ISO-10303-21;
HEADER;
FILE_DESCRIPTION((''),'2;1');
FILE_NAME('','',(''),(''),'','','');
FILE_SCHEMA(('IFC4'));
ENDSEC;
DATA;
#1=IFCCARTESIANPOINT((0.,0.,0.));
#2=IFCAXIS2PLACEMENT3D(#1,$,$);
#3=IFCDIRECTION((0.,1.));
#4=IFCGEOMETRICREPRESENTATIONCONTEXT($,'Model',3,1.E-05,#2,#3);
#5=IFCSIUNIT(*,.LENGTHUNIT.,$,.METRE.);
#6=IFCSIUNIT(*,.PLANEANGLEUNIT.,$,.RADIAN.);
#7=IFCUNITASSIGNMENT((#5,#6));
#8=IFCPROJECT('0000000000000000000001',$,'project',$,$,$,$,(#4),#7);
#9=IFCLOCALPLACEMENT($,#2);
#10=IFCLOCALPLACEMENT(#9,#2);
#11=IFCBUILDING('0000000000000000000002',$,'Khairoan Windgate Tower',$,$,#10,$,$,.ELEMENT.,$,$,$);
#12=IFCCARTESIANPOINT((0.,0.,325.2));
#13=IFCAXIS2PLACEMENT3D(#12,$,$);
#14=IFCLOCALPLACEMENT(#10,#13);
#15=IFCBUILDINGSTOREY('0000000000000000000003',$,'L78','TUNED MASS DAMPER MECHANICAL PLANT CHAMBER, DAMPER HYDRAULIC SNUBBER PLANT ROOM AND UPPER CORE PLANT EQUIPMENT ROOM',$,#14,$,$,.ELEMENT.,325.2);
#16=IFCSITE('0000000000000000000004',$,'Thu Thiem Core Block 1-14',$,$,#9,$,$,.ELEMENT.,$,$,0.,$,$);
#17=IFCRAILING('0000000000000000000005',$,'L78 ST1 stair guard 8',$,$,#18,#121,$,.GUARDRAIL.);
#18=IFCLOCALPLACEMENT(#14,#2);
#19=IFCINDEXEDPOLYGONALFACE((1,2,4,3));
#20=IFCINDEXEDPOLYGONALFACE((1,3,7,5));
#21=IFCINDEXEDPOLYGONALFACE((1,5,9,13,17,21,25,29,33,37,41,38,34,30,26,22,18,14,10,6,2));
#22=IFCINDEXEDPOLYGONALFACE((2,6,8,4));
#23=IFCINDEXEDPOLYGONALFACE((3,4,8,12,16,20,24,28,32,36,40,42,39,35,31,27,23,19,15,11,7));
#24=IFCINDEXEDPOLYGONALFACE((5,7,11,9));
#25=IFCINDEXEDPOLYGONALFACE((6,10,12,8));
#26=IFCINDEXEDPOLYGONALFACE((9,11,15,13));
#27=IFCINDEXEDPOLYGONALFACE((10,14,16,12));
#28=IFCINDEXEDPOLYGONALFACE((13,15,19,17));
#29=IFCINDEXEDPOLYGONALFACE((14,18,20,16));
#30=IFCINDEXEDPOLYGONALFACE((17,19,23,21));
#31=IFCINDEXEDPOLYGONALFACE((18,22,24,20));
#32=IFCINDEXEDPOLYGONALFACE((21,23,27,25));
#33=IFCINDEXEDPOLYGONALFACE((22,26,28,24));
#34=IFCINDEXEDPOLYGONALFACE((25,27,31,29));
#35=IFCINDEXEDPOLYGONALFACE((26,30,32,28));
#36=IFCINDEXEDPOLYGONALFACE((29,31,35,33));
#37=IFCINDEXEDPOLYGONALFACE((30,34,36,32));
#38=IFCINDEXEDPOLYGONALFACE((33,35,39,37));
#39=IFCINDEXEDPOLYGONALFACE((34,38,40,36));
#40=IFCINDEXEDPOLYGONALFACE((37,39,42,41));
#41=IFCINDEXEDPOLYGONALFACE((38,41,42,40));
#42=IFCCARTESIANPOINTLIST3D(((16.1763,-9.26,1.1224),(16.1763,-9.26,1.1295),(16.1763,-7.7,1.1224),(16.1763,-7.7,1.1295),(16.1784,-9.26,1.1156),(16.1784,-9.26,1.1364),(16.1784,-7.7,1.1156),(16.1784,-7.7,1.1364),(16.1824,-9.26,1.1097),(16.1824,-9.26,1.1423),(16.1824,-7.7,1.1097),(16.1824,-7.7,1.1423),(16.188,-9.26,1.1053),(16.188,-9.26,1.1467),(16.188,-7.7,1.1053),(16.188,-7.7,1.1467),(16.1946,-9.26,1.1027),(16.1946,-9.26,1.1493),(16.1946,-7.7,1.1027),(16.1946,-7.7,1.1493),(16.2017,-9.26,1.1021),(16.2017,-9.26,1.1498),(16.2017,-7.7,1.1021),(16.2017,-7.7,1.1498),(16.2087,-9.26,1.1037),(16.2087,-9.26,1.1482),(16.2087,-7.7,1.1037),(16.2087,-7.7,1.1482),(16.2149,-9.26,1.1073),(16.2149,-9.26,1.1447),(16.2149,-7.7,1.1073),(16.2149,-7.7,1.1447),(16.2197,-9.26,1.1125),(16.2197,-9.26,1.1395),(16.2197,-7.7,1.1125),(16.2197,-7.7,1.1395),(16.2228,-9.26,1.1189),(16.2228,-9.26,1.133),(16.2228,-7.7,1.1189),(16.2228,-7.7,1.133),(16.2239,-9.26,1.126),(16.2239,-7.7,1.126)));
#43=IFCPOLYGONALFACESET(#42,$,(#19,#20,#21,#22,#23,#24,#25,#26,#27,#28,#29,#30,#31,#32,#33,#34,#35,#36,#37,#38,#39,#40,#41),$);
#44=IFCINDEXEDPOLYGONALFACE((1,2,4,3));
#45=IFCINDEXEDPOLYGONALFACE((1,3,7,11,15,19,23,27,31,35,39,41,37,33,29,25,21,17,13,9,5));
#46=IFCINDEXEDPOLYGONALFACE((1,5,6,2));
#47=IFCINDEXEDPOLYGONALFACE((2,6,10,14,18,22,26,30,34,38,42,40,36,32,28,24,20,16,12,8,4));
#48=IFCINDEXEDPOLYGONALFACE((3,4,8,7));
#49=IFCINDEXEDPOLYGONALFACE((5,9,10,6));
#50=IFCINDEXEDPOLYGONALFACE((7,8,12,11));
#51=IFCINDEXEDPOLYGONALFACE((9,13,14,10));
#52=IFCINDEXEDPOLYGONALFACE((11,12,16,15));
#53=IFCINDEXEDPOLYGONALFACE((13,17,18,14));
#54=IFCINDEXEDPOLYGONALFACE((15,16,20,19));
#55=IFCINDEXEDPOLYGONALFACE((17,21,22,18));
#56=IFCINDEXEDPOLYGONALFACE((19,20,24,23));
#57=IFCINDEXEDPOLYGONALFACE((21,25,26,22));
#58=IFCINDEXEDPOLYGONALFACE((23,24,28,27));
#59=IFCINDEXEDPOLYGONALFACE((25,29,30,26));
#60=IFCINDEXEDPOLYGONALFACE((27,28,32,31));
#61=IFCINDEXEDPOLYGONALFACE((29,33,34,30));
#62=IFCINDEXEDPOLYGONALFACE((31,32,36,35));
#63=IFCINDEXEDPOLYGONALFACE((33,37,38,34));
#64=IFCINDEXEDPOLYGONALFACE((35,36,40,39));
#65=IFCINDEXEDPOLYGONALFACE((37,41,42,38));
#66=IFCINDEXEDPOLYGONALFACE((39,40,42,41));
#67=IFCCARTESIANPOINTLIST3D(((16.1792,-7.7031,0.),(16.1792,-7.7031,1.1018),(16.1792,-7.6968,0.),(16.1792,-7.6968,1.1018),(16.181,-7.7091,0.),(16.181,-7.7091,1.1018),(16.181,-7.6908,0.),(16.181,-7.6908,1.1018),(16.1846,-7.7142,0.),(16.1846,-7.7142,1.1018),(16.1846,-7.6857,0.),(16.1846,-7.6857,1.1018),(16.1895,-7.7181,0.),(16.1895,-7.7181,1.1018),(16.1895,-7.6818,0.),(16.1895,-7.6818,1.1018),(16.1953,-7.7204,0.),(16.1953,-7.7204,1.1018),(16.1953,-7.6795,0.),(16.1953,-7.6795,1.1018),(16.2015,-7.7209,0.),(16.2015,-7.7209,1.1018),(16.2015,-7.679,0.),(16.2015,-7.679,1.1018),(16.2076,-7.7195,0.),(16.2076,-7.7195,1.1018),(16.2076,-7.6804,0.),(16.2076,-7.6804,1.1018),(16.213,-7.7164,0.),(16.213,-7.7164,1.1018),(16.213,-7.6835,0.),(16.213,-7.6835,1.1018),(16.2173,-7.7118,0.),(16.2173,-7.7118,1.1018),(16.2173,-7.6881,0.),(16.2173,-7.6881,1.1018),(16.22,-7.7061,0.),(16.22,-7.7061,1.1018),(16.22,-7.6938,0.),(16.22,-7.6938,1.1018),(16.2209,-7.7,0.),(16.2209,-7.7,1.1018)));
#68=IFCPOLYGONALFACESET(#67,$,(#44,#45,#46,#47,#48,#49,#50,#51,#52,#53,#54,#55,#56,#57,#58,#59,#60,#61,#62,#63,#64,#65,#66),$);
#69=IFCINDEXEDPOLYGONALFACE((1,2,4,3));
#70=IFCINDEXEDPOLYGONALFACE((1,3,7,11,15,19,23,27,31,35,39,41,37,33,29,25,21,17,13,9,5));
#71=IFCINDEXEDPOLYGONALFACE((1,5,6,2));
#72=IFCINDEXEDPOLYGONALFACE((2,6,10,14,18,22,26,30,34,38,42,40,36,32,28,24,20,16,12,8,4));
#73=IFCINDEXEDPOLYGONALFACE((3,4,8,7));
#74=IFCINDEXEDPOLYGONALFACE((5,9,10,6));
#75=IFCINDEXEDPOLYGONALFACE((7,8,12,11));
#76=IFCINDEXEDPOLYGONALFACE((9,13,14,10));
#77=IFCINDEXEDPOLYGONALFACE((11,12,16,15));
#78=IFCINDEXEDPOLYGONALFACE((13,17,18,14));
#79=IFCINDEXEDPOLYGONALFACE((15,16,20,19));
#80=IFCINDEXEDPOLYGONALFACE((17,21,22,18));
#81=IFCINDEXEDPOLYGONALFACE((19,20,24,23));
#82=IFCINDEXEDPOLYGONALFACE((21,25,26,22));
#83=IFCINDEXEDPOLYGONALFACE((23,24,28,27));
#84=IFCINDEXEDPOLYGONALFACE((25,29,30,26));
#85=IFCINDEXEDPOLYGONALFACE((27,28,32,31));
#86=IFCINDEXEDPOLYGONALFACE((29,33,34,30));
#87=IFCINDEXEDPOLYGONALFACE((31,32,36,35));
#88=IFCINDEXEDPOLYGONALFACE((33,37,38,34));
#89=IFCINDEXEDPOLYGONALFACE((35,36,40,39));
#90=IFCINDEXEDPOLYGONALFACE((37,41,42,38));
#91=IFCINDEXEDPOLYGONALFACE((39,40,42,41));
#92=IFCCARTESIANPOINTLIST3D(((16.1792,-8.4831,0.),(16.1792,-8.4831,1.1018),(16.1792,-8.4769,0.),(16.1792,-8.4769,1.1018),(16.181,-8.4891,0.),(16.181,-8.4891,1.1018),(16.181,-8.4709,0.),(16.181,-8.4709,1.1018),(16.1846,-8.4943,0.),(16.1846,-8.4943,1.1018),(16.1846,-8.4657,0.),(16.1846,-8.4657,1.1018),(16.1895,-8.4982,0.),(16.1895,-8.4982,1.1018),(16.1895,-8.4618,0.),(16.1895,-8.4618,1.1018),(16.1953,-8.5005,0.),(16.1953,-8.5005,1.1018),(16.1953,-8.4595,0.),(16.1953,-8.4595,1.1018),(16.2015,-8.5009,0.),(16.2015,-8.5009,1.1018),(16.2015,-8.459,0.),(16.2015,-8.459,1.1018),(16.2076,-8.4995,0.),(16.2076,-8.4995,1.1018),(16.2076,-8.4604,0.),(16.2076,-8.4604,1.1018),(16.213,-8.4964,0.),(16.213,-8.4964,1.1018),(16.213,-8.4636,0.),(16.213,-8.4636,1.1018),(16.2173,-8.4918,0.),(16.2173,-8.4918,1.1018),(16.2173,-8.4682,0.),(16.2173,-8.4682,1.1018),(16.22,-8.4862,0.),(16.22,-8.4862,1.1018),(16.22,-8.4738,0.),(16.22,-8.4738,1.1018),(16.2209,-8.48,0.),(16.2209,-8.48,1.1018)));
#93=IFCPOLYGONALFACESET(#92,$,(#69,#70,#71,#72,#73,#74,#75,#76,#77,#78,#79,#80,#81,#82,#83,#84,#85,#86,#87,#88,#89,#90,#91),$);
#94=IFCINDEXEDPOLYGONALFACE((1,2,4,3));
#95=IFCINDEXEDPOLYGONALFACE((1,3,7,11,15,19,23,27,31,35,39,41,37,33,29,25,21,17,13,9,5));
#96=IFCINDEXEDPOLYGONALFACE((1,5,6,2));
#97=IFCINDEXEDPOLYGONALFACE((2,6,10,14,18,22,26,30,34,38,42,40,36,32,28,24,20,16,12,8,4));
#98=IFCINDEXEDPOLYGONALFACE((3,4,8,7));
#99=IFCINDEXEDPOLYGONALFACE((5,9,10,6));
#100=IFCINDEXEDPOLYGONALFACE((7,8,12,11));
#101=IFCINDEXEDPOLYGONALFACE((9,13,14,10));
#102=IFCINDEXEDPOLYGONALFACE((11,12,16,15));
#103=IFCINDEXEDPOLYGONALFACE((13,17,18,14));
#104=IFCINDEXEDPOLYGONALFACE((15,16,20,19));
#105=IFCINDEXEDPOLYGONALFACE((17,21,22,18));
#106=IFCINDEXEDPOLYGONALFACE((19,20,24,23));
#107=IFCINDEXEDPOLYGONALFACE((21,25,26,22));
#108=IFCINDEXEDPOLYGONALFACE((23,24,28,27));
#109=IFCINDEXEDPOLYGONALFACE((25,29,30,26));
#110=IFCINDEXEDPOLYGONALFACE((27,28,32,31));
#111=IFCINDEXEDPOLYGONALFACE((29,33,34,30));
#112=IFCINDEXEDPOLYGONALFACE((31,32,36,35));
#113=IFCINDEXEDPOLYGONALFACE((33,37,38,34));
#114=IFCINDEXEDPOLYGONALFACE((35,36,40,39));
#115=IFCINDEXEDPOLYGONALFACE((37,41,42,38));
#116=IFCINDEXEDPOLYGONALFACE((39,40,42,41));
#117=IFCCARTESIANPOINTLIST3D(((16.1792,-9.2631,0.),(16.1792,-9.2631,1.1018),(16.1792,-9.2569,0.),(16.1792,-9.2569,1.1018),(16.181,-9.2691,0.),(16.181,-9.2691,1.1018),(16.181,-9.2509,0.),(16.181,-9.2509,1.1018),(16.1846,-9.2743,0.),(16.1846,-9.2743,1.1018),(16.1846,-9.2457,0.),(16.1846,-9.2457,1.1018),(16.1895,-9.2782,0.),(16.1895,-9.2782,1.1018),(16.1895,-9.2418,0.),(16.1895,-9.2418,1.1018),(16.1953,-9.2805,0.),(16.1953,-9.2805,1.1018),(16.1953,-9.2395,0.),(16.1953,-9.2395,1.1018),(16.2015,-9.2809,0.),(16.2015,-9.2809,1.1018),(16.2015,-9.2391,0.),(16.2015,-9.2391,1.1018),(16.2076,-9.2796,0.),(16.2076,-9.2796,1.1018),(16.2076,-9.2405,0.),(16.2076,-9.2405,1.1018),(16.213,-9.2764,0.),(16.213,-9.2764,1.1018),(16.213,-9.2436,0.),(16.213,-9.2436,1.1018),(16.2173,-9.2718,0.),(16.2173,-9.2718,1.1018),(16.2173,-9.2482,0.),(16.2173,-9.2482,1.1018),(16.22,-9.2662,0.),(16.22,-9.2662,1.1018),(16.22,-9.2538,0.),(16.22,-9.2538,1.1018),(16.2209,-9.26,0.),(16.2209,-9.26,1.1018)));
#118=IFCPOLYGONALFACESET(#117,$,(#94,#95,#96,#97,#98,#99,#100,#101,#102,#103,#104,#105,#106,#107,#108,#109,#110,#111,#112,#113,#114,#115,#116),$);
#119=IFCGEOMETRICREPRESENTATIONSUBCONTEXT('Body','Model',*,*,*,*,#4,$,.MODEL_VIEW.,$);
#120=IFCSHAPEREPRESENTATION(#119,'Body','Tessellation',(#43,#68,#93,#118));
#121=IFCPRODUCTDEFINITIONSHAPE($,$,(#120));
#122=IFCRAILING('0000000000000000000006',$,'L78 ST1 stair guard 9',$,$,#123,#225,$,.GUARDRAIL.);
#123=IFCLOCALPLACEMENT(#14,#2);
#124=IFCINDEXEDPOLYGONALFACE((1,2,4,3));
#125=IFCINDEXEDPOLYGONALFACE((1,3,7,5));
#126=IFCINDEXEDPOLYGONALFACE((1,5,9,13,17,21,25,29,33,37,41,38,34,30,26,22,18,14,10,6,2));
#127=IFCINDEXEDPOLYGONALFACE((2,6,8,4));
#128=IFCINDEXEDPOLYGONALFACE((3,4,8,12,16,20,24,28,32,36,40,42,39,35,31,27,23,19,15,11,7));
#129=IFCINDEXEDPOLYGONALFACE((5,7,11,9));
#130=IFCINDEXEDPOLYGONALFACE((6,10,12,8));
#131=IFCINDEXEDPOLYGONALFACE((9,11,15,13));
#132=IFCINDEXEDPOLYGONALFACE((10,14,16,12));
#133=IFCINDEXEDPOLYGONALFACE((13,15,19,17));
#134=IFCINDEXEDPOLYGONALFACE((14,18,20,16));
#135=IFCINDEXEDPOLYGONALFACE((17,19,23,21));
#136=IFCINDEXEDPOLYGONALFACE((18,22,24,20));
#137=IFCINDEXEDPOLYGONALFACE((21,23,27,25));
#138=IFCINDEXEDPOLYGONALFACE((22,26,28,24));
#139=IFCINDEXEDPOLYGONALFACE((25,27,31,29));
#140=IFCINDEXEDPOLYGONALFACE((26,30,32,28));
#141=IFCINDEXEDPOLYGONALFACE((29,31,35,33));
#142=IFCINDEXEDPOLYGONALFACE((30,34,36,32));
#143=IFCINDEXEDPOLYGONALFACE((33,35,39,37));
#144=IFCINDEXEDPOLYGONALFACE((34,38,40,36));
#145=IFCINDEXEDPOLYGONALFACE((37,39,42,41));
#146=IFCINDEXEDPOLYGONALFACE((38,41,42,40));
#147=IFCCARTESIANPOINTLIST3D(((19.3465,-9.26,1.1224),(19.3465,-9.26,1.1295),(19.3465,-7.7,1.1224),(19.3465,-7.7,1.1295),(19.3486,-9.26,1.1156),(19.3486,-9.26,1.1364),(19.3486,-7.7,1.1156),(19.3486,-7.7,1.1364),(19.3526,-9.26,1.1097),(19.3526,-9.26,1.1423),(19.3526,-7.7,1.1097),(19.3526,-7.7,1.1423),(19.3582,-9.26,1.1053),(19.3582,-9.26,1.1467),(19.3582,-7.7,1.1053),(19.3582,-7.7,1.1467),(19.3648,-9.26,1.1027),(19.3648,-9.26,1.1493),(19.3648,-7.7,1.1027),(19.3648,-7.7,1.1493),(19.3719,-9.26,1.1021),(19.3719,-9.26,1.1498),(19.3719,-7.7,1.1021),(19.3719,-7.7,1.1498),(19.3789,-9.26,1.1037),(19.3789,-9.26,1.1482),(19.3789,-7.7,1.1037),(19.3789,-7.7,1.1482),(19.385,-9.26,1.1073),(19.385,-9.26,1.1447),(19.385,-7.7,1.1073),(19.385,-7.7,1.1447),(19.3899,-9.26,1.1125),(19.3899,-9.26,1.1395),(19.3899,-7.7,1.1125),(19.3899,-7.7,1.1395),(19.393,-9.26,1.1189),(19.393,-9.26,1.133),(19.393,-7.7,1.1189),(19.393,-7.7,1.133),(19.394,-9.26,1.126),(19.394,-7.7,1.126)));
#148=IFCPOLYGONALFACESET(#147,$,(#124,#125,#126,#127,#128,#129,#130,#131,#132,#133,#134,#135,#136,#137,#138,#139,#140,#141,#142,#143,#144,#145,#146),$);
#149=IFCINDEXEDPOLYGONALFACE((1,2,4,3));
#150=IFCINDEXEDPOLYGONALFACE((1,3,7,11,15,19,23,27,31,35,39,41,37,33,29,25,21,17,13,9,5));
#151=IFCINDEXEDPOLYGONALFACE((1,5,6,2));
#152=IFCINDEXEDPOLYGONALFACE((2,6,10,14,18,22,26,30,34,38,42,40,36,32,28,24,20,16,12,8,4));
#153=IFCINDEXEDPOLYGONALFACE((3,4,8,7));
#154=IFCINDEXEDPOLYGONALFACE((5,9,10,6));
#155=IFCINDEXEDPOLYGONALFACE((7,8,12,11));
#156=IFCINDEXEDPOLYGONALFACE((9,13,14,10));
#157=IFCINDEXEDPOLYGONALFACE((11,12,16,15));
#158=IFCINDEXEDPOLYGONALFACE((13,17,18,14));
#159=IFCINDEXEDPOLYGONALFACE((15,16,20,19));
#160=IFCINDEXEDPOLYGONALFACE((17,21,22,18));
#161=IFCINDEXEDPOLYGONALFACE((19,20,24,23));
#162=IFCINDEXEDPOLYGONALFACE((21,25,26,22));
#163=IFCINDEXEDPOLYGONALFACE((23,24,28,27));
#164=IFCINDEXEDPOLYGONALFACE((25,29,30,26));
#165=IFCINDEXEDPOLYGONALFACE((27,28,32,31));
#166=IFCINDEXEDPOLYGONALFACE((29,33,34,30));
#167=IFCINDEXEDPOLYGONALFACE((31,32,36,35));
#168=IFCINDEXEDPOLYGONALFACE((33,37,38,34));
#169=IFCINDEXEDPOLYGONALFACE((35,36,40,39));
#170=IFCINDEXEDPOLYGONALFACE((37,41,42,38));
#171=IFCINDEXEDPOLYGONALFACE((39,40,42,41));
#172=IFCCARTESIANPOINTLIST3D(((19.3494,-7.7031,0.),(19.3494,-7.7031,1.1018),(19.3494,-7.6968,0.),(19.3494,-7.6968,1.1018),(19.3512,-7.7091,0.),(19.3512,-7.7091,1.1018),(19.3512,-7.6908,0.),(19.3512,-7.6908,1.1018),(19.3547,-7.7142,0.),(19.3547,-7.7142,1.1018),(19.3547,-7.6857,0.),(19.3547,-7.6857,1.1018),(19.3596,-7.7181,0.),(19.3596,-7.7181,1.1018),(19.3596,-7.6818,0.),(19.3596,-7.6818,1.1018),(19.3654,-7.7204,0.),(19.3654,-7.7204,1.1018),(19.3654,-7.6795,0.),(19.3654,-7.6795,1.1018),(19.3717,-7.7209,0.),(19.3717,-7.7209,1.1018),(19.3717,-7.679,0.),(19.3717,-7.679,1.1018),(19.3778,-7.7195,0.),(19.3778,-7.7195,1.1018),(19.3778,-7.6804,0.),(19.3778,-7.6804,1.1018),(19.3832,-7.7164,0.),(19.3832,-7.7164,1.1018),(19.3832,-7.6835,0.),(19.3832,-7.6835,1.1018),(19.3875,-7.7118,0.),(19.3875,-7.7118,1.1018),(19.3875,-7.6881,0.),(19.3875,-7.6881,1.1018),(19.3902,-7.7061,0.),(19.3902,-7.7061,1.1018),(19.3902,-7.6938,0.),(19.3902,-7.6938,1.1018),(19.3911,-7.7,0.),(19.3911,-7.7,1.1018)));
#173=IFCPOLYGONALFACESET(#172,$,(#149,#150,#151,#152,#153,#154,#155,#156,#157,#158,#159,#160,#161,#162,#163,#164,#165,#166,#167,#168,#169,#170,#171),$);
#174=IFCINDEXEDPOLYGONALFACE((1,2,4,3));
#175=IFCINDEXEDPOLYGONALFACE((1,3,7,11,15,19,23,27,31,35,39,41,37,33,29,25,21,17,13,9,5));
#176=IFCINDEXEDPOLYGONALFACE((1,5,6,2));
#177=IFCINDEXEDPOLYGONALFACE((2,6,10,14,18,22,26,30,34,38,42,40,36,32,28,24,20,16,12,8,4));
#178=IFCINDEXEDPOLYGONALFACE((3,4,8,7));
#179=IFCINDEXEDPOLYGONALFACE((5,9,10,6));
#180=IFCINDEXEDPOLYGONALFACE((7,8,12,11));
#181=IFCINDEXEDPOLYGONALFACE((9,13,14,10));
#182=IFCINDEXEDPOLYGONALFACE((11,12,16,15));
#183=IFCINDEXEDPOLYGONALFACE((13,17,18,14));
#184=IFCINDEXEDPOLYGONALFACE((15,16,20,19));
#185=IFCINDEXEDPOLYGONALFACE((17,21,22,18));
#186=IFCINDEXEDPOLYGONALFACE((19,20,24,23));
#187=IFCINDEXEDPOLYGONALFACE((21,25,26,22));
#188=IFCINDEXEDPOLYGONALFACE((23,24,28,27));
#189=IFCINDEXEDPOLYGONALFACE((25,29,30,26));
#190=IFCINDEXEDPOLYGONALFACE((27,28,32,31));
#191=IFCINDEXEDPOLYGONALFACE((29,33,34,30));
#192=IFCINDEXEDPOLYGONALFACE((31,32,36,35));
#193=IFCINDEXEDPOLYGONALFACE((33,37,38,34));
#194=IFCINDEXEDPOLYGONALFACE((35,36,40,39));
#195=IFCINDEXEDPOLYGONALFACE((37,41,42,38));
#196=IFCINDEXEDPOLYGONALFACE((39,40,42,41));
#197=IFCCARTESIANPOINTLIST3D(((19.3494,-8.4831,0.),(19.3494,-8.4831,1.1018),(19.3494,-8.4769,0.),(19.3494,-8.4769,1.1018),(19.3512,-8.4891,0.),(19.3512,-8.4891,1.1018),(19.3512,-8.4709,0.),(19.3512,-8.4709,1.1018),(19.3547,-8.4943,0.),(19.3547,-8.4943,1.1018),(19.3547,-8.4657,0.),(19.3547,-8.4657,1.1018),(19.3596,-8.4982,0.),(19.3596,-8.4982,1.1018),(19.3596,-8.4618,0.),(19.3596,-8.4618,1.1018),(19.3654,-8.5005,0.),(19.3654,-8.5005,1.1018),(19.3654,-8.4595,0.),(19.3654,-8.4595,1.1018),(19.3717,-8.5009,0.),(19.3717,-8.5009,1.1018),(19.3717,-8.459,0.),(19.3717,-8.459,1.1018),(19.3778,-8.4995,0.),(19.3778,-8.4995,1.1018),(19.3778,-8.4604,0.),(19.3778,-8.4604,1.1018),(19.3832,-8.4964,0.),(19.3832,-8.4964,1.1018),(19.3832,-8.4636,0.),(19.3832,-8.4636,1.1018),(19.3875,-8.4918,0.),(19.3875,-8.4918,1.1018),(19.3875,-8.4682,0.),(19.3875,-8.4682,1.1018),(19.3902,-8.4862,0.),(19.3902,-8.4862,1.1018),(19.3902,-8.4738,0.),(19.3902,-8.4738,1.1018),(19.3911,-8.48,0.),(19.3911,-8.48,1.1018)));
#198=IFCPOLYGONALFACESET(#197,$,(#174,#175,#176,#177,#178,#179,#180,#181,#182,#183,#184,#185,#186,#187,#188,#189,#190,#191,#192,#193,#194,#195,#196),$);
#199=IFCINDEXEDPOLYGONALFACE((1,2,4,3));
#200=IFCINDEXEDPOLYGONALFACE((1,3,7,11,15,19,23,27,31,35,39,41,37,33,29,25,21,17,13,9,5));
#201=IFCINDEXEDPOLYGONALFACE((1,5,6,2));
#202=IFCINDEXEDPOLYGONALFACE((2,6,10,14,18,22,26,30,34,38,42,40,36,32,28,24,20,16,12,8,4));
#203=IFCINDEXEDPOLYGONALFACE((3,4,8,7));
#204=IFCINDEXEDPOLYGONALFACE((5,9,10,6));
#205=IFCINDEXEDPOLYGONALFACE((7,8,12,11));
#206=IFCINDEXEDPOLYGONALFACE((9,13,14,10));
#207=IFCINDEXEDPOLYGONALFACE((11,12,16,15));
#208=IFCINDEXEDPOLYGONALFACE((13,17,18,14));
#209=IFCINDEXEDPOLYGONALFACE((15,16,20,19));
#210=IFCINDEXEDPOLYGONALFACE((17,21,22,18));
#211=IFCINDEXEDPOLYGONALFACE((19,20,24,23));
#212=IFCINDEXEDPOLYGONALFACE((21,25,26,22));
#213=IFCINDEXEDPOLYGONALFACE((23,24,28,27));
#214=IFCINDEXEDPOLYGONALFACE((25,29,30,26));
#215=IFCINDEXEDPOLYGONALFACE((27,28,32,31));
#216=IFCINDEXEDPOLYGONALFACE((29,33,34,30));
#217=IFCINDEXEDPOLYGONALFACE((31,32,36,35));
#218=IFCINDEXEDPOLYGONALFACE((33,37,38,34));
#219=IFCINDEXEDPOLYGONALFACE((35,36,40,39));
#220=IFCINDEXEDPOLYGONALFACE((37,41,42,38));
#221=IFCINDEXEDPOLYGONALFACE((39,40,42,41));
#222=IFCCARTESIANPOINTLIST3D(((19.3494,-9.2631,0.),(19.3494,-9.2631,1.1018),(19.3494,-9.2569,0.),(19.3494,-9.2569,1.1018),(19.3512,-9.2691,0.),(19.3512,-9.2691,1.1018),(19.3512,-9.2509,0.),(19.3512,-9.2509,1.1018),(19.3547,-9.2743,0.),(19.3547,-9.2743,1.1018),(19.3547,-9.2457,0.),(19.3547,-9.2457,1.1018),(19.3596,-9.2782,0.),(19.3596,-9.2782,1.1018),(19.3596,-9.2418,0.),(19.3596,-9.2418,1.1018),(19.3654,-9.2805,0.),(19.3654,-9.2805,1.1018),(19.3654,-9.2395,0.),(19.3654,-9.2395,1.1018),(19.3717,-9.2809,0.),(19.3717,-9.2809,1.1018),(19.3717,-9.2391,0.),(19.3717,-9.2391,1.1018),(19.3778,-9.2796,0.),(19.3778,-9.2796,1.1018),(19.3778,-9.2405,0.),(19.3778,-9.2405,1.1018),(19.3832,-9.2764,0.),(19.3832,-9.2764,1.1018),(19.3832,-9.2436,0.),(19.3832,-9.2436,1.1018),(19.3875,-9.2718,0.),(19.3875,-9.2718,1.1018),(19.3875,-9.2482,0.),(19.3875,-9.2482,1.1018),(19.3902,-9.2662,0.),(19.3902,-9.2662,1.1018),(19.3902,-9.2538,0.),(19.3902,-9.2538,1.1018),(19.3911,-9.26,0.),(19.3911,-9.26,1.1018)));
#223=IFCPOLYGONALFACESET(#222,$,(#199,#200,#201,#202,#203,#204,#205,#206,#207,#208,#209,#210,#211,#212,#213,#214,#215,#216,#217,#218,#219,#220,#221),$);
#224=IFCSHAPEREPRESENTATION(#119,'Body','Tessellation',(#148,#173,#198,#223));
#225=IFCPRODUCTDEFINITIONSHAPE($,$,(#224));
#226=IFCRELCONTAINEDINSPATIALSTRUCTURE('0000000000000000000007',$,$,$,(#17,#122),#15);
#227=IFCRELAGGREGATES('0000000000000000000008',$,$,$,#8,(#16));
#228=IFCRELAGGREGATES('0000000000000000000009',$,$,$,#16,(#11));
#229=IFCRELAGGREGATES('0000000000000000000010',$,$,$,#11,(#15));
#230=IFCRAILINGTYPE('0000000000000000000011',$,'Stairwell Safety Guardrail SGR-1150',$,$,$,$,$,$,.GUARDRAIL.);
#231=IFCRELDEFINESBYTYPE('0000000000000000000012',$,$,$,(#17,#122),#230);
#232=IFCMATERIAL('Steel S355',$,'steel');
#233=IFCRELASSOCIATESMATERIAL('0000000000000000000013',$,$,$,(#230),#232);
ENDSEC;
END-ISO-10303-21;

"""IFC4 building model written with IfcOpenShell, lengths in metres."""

from ifc_helpers import new_model, si_unit, direction, frame, origin, origin_2d, place, context, subcontext, project, spatial, circle, extrude, material, type_object, element, save


model = new_model("IFC4")

# Units and contexts
model_context = context("Model", 3, precision=1e-05, world=origin(), true_north=direction((0.0, 1.0)))
body_context = subcontext(model_context, "Body", "Model", "MODEL_VIEW")
ifc_project = project(units=[si_unit("LENGTHUNIT", "METRE"), si_unit("PLANEANGLEUNIT", "RADIAN")], contexts=[model_context])

# Site, building, storey
site_placement = place(None, origin())
site = spatial("IfcSite", under=ifc_project, at=site_placement, Name="Thu Thiem Core Block 1-14", CompositionType="ELEMENT", RefElevation=0.0)
building_placement = place(site_placement, origin())
building = spatial("IfcBuilding", under=site, at=building_placement, Name="Khairoan Windgate Tower", CompositionType="ELEMENT")
storey_placement = place(building_placement, frame((0.0, 0.0, 325.2)))
storey = spatial("IfcBuildingStorey", under=building, at=storey_placement, Name="L78", Description="TUNED MASS DAMPER MECHANICAL PLANT CHAMBER, DAMPER HYDRAULIC SNUBBER PLANT ROOM AND UPPER CORE PLANT EQUIPMENT ROOM", CompositionType="ELEMENT", Elevation=325.2)

# Railings
ifc_material_1 = material(Name="Steel S355", Category="steel")
railing_type = type_object("IfcRailingType", Name="Stairwell Safety Guardrail SGR-1150", PredefinedType="GUARDRAIL", material=ifc_material_1)
for number, where, name in (
    (1, (16.2, -7.7, 0.0), "L78 ST1 stair guard 8"),
    (2, (19.3701, -7.7, 0.0), "L78 ST1 stair guard 9"),
):
    element("IfcRailing", number, at=place(storey_placement, frame(where)), inside=storey, type_object=railing_type, Name=name, PredefinedType="GUARDRAIL", context=body_context, shape_type="SweptSolid", body=[
        extrude(circle(Radius=0.0239, at=origin_2d()), frame((0.0, 0.0, 1.126), z_axis=(0.0, -1.0, 0.0), x_axis=(1.0, 0.0, 0.0)), (0.0, 0.0, 1.0), 1.5601),
        extrude(circle(Radius=0.021, at=origin_2d()), origin(), (0.0, 0.0, 1.0), 1.1018),
        extrude(circle(Radius=0.021, at=origin_2d()), frame((0.0, -0.78, 0.0)), (0.0, 0.0, 1.0), 1.1018),
        extrude(circle(Radius=0.021, at=origin_2d()), frame((0.0, -1.5601, 0.0)), (0.0, 0.0, 1.0), 1.1018),
    ])

save(model, "model.ifc")
